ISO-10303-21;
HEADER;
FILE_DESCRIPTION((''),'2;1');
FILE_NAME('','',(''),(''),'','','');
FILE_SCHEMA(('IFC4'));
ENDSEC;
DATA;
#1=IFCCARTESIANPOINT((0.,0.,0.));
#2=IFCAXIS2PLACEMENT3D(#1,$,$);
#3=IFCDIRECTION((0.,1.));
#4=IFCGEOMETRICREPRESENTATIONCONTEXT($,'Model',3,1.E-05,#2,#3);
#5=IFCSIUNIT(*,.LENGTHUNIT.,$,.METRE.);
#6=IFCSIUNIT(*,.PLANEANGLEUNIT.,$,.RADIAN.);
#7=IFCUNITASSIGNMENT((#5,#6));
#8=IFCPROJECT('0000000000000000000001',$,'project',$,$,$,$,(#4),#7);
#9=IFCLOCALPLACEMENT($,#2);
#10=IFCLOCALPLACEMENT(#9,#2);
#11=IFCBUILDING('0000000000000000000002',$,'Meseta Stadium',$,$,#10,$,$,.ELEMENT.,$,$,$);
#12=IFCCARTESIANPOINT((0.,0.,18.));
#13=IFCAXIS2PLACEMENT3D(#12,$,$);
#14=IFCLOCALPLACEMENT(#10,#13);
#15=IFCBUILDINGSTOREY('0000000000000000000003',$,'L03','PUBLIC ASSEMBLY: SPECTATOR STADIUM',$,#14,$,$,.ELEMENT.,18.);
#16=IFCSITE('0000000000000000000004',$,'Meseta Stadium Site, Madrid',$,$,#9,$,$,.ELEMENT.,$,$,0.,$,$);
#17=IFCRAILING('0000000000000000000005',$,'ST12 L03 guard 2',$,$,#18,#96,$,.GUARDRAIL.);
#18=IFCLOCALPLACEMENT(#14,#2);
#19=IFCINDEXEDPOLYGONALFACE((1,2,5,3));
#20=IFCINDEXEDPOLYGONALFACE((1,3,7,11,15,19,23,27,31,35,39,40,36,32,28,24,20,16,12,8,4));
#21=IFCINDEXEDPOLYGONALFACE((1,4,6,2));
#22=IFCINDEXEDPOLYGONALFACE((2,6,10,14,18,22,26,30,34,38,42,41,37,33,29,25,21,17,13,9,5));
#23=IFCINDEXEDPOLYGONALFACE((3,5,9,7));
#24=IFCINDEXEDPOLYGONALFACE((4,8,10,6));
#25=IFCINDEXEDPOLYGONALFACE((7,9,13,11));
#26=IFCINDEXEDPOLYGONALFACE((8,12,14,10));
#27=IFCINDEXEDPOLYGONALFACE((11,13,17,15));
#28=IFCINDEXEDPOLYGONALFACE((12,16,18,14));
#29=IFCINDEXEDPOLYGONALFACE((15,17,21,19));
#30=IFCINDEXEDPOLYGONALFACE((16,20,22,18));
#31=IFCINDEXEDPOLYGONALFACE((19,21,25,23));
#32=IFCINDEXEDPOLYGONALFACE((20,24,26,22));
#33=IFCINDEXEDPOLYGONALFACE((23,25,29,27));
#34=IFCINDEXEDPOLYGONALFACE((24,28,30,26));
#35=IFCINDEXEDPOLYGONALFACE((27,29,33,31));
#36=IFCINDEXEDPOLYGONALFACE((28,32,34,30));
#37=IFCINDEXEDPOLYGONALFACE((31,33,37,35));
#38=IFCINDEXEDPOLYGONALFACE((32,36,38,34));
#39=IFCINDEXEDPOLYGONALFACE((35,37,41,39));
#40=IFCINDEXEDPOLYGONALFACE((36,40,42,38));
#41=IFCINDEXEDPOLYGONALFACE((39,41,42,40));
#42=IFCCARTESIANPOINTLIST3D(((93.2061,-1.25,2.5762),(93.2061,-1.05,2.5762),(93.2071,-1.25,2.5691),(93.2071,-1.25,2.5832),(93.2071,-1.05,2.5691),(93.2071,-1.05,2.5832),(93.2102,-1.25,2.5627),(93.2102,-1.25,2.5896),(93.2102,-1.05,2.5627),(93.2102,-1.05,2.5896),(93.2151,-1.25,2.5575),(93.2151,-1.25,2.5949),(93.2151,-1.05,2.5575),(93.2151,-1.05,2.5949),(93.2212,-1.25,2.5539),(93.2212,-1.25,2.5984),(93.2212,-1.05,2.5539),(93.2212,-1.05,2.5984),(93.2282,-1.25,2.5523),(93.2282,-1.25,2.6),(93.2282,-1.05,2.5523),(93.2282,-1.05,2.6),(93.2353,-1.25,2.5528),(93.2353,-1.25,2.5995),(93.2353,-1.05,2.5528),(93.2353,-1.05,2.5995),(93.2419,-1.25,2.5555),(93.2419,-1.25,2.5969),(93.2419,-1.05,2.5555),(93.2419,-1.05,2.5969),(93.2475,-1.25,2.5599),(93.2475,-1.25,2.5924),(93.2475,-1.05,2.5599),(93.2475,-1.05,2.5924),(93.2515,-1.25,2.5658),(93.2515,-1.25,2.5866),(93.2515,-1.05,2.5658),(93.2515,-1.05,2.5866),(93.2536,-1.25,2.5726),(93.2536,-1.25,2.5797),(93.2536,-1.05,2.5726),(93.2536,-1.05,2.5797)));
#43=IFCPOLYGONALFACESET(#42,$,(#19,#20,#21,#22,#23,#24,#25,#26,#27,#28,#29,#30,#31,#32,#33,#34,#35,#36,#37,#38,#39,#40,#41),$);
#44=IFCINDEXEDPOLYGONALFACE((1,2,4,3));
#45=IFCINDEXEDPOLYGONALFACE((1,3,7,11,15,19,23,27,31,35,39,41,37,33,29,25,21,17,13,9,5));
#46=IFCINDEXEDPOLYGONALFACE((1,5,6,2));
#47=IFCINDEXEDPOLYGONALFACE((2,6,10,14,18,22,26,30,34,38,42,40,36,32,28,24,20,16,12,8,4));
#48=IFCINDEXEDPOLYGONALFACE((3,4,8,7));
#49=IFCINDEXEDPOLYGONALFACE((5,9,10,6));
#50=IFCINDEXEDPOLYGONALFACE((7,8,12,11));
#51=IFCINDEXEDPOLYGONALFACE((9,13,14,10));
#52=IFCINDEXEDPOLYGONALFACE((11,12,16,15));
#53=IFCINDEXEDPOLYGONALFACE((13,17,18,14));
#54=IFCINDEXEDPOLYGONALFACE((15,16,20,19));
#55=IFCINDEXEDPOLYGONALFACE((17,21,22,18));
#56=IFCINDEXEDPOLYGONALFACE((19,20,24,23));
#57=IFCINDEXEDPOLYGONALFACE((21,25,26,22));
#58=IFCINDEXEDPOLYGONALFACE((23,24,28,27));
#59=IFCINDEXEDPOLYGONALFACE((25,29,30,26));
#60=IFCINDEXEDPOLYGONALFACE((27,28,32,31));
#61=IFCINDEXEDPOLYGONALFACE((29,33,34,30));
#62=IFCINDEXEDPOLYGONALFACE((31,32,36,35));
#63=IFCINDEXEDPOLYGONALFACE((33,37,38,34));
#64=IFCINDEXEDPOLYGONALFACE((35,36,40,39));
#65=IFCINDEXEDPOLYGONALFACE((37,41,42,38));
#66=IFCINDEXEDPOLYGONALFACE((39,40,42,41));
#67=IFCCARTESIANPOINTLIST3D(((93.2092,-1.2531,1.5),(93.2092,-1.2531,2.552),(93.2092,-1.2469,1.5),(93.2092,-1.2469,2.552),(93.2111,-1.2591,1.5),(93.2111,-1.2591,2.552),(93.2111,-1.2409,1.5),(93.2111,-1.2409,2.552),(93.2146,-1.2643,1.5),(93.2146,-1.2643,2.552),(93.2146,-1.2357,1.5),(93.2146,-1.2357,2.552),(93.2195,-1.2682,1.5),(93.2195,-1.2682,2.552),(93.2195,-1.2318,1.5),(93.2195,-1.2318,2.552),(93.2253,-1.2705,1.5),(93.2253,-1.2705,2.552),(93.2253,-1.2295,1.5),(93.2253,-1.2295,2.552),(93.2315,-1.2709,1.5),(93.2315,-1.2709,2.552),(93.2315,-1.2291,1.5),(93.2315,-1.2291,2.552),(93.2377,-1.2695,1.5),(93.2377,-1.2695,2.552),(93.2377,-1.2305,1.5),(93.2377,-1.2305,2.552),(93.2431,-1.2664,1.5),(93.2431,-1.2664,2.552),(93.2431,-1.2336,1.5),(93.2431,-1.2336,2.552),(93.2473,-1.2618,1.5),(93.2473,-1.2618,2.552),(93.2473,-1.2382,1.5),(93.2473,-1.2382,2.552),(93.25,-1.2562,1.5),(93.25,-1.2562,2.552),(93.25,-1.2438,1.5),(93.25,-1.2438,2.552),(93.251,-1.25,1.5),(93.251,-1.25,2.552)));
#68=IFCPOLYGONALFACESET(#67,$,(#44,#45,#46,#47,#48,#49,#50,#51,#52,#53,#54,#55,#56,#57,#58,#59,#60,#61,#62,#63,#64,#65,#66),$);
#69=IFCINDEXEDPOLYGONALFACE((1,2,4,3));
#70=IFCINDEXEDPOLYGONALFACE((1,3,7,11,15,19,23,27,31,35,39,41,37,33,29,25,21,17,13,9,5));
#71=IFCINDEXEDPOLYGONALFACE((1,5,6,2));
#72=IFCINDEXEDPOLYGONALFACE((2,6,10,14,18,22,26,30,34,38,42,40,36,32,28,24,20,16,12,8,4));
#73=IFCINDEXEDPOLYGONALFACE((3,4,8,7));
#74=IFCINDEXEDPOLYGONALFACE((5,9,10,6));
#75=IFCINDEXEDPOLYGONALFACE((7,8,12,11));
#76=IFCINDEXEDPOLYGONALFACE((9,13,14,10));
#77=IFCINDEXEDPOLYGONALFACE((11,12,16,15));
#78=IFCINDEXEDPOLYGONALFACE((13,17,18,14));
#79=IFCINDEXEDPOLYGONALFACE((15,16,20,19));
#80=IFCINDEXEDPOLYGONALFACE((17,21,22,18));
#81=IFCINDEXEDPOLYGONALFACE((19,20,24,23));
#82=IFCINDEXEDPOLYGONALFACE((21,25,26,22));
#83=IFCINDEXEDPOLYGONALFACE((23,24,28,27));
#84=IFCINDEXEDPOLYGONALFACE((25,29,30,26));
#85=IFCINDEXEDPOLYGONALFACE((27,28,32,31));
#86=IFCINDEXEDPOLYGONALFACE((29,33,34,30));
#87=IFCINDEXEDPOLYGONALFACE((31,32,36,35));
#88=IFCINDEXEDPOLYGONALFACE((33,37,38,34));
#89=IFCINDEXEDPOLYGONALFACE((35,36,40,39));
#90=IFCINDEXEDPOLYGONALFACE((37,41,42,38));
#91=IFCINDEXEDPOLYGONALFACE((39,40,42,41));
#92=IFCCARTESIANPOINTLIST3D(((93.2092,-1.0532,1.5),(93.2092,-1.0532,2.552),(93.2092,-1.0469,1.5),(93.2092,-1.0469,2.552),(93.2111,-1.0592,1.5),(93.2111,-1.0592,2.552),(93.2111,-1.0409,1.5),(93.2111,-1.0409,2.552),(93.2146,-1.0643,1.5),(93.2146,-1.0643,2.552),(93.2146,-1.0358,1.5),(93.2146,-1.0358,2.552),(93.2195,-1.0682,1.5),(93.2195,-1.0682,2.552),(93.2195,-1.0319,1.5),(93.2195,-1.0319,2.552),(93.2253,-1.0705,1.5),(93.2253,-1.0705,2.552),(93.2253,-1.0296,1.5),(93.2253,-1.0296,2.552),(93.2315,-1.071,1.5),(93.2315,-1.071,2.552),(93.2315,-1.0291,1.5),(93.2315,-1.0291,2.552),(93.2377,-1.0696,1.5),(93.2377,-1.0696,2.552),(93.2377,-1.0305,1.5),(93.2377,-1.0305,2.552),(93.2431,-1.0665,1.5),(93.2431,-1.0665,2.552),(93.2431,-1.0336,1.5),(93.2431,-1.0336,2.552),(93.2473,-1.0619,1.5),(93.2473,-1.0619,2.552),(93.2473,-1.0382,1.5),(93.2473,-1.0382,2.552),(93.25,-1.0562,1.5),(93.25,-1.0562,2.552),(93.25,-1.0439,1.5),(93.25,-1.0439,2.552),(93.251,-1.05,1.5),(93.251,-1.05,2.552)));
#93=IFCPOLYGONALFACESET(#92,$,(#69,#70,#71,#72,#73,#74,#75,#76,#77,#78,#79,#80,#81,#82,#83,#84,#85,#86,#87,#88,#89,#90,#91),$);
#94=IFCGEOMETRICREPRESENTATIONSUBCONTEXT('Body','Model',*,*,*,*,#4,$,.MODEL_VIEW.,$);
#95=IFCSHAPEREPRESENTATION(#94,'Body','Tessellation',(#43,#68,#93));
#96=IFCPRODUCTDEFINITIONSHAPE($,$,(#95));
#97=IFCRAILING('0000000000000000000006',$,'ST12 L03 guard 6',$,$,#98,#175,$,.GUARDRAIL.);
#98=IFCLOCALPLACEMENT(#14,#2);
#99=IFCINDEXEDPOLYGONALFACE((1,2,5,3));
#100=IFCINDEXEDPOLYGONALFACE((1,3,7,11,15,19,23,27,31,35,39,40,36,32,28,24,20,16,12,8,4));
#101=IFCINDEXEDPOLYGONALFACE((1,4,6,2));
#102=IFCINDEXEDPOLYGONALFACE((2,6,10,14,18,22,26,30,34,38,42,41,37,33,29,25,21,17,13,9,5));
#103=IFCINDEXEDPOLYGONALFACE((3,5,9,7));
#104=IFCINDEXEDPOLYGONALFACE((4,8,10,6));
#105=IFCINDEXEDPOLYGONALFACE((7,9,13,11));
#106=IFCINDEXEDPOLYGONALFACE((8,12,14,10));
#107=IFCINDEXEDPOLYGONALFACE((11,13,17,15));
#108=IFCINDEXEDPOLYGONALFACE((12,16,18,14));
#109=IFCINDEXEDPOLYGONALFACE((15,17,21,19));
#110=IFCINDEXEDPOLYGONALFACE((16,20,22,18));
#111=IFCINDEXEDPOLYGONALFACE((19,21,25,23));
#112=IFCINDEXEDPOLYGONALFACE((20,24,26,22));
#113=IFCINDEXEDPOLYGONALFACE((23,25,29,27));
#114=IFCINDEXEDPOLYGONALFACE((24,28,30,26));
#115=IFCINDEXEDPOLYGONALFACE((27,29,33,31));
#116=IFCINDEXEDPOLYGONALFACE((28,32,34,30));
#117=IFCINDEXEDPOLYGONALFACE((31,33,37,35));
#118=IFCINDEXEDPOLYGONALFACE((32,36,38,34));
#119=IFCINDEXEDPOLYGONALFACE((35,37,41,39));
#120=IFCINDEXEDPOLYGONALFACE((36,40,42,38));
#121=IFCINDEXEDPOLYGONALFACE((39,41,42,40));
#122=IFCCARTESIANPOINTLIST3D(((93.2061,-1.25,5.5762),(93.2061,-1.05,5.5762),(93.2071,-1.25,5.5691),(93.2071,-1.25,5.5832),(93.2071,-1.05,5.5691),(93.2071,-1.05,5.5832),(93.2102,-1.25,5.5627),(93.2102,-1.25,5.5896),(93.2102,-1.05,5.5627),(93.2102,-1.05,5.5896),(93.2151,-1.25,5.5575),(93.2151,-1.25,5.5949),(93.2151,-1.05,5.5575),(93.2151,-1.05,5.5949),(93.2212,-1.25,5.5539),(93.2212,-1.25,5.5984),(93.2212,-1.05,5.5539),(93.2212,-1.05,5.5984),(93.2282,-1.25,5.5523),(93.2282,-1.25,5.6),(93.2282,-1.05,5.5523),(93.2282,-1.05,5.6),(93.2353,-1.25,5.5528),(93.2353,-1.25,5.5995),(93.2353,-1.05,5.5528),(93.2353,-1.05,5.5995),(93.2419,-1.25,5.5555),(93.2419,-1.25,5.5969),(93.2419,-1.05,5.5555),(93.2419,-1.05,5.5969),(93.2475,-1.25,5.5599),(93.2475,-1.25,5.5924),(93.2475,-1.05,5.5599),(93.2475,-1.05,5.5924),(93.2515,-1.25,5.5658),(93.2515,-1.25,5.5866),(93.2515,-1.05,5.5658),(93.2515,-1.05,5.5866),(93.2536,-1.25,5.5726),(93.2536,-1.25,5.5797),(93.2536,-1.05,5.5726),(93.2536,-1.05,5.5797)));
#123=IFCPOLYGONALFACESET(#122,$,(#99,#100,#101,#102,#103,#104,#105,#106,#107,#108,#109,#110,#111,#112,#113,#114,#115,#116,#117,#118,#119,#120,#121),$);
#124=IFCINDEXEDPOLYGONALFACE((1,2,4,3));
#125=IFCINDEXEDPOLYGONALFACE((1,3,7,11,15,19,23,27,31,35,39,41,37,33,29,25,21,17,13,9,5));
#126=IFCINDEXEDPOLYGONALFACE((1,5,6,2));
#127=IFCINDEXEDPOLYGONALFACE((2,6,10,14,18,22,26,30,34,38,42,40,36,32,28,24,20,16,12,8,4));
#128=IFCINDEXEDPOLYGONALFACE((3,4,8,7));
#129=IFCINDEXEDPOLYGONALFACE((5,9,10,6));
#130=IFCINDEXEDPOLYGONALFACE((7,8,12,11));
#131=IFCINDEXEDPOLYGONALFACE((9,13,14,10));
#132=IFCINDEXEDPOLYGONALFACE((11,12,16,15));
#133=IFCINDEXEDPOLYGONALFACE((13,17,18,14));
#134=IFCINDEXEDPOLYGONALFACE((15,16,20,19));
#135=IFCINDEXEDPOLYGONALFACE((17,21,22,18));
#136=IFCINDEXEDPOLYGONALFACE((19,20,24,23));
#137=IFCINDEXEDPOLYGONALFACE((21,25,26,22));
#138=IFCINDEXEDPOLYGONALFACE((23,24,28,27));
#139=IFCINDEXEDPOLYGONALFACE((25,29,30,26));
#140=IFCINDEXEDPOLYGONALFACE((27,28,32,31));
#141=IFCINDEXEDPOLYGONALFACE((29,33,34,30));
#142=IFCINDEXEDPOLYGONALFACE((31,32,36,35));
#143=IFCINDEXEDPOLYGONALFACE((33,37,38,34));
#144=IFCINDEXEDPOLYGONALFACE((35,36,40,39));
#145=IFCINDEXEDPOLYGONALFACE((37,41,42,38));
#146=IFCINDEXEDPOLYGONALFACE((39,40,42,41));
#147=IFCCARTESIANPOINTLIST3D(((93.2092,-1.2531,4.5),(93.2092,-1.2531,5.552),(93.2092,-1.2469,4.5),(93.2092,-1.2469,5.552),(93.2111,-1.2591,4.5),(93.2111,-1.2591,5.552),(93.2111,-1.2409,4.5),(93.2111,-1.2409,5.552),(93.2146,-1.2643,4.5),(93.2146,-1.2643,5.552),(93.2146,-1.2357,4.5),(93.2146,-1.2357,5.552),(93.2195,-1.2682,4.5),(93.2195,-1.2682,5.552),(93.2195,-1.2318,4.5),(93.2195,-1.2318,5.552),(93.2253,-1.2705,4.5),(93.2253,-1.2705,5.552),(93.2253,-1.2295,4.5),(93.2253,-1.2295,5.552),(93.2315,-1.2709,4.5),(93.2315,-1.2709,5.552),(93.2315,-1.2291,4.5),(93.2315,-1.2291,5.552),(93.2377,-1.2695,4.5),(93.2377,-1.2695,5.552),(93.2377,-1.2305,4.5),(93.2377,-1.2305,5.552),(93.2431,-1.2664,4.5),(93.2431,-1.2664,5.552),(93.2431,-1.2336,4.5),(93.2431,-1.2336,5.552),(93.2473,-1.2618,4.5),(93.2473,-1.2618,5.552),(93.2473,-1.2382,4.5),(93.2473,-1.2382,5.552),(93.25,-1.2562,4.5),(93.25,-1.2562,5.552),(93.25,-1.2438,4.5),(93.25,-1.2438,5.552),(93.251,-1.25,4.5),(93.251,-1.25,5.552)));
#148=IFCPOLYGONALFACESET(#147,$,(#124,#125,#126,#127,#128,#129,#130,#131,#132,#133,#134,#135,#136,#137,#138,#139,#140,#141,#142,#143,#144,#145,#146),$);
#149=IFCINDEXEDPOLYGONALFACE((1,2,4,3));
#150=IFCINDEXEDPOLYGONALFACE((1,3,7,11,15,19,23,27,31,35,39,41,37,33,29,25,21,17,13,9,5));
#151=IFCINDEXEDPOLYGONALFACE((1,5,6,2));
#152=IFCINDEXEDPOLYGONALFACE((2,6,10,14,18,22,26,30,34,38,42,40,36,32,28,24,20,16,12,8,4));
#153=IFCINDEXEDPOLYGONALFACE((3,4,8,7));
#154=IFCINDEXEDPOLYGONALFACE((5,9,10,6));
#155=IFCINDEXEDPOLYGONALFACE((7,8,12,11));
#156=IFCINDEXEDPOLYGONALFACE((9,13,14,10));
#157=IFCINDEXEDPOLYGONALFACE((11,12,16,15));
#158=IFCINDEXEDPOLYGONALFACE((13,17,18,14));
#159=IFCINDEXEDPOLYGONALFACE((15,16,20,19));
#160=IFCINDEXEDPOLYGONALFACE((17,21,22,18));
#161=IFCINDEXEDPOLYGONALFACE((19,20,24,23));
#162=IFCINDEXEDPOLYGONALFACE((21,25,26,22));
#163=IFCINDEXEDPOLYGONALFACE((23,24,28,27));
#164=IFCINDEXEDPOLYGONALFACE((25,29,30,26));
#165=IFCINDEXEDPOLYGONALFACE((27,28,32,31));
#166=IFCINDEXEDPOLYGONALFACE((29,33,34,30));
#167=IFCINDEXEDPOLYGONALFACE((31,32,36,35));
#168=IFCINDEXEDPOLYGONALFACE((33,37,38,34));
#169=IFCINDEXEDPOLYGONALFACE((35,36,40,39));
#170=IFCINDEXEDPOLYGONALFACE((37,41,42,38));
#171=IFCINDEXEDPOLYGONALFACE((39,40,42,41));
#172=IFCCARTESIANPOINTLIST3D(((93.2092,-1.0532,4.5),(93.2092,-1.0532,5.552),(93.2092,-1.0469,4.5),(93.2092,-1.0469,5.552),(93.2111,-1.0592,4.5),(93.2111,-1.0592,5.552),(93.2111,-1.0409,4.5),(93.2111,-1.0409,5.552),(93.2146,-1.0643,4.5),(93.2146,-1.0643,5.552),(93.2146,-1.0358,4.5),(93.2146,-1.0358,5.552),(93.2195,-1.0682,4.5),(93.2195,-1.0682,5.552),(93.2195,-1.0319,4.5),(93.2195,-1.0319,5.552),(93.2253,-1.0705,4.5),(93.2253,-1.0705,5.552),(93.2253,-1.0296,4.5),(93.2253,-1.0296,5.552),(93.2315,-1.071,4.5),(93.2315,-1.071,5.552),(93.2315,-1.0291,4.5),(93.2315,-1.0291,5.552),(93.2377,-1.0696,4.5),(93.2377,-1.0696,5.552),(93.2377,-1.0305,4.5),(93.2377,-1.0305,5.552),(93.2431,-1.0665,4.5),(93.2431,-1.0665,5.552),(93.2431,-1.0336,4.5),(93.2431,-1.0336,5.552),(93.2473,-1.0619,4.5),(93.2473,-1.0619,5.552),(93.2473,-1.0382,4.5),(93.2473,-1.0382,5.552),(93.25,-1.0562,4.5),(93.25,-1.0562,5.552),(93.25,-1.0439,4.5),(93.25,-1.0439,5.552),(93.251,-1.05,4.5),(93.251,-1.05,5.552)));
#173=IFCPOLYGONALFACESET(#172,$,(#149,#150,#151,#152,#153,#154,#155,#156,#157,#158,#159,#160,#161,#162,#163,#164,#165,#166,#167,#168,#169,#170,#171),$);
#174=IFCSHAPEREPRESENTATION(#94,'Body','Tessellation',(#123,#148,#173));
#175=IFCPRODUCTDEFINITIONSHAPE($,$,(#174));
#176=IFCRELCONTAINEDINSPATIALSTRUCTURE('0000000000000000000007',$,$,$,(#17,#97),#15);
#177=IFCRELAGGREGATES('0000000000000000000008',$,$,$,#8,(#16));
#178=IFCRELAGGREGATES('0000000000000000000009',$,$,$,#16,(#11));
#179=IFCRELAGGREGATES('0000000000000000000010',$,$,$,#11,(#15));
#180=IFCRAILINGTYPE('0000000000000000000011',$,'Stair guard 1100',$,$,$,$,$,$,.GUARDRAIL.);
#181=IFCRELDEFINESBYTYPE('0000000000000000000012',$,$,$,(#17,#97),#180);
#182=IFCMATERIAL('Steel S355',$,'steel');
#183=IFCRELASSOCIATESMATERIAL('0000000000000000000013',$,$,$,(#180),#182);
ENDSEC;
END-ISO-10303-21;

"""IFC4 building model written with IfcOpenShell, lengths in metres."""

from ifc_helpers import new_model, si_unit, direction, frame, origin, origin_2d, place, context, subcontext, project, spatial, circle, extrude, material, type_object, element, save


model = new_model("IFC4")

# Units and contexts
model_context = context("Model", 3, precision=1e-05, world=origin(), true_north=direction((0.0, 1.0)))
body_context = subcontext(model_context, "Body", "Model", "MODEL_VIEW")
ifc_project = project(units=[si_unit("LENGTHUNIT", "METRE"), si_unit("PLANEANGLEUNIT", "RADIAN")], contexts=[model_context])

# Site, building, storey
site_placement = place(None, origin())
site = spatial("IfcSite", under=ifc_project, at=site_placement, Name="Meseta Stadium Site, Madrid", CompositionType="ELEMENT", RefElevation=0.0)
building_placement = place(site_placement, origin())
building = spatial("IfcBuilding", under=site, at=building_placement, Name="Meseta Stadium", CompositionType="ELEMENT")
storey_placement = place(building_placement, frame((0.0, 0.0, 18.0)))
storey = spatial("IfcBuildingStorey", under=building, at=storey_placement, Name="L03", Description="PUBLIC ASSEMBLY: SPECTATOR STADIUM", CompositionType="ELEMENT", Elevation=18.0)

# Railings
ifc_material_1 = material(Name="Steel S355", Category="steel")
railing_type = type_object("IfcRailingType", Name="Stair guard 1100", PredefinedType="GUARDRAIL", material=ifc_material_1)
for number, where, name in (
    (1, (93.23, -1.25, 1.5), "ST12 L03 guard 2"),
    (2, (93.23, -1.25, 4.5), "ST12 L03 guard 6"),
):
    element("IfcRailing", number, at=place(storey_placement, frame(where)), inside=storey, type_object=railing_type, Name=name, PredefinedType="GUARDRAIL", context=body_context, shape_type="SweptSolid", body=[
        extrude(circle(Radius=0.0239, at=origin_2d()), frame((0.0, 0.0, 1.0762), z_axis=(0.0, 1.0, 0.0), x_axis=(-1.0, 0.0, 0.0)), (0.0, 0.0, 1.0), 0.2),
        extrude(circle(Radius=0.021, at=origin_2d()), origin(), (0.0, 0.0, 1.0), 1.052),
        extrude(circle(Radius=0.021, at=origin_2d()), frame((0.0, 0.2, 0.0)), (0.0, 0.0, 1.0), 1.052),
    ])

save(model, "model.ifc")
